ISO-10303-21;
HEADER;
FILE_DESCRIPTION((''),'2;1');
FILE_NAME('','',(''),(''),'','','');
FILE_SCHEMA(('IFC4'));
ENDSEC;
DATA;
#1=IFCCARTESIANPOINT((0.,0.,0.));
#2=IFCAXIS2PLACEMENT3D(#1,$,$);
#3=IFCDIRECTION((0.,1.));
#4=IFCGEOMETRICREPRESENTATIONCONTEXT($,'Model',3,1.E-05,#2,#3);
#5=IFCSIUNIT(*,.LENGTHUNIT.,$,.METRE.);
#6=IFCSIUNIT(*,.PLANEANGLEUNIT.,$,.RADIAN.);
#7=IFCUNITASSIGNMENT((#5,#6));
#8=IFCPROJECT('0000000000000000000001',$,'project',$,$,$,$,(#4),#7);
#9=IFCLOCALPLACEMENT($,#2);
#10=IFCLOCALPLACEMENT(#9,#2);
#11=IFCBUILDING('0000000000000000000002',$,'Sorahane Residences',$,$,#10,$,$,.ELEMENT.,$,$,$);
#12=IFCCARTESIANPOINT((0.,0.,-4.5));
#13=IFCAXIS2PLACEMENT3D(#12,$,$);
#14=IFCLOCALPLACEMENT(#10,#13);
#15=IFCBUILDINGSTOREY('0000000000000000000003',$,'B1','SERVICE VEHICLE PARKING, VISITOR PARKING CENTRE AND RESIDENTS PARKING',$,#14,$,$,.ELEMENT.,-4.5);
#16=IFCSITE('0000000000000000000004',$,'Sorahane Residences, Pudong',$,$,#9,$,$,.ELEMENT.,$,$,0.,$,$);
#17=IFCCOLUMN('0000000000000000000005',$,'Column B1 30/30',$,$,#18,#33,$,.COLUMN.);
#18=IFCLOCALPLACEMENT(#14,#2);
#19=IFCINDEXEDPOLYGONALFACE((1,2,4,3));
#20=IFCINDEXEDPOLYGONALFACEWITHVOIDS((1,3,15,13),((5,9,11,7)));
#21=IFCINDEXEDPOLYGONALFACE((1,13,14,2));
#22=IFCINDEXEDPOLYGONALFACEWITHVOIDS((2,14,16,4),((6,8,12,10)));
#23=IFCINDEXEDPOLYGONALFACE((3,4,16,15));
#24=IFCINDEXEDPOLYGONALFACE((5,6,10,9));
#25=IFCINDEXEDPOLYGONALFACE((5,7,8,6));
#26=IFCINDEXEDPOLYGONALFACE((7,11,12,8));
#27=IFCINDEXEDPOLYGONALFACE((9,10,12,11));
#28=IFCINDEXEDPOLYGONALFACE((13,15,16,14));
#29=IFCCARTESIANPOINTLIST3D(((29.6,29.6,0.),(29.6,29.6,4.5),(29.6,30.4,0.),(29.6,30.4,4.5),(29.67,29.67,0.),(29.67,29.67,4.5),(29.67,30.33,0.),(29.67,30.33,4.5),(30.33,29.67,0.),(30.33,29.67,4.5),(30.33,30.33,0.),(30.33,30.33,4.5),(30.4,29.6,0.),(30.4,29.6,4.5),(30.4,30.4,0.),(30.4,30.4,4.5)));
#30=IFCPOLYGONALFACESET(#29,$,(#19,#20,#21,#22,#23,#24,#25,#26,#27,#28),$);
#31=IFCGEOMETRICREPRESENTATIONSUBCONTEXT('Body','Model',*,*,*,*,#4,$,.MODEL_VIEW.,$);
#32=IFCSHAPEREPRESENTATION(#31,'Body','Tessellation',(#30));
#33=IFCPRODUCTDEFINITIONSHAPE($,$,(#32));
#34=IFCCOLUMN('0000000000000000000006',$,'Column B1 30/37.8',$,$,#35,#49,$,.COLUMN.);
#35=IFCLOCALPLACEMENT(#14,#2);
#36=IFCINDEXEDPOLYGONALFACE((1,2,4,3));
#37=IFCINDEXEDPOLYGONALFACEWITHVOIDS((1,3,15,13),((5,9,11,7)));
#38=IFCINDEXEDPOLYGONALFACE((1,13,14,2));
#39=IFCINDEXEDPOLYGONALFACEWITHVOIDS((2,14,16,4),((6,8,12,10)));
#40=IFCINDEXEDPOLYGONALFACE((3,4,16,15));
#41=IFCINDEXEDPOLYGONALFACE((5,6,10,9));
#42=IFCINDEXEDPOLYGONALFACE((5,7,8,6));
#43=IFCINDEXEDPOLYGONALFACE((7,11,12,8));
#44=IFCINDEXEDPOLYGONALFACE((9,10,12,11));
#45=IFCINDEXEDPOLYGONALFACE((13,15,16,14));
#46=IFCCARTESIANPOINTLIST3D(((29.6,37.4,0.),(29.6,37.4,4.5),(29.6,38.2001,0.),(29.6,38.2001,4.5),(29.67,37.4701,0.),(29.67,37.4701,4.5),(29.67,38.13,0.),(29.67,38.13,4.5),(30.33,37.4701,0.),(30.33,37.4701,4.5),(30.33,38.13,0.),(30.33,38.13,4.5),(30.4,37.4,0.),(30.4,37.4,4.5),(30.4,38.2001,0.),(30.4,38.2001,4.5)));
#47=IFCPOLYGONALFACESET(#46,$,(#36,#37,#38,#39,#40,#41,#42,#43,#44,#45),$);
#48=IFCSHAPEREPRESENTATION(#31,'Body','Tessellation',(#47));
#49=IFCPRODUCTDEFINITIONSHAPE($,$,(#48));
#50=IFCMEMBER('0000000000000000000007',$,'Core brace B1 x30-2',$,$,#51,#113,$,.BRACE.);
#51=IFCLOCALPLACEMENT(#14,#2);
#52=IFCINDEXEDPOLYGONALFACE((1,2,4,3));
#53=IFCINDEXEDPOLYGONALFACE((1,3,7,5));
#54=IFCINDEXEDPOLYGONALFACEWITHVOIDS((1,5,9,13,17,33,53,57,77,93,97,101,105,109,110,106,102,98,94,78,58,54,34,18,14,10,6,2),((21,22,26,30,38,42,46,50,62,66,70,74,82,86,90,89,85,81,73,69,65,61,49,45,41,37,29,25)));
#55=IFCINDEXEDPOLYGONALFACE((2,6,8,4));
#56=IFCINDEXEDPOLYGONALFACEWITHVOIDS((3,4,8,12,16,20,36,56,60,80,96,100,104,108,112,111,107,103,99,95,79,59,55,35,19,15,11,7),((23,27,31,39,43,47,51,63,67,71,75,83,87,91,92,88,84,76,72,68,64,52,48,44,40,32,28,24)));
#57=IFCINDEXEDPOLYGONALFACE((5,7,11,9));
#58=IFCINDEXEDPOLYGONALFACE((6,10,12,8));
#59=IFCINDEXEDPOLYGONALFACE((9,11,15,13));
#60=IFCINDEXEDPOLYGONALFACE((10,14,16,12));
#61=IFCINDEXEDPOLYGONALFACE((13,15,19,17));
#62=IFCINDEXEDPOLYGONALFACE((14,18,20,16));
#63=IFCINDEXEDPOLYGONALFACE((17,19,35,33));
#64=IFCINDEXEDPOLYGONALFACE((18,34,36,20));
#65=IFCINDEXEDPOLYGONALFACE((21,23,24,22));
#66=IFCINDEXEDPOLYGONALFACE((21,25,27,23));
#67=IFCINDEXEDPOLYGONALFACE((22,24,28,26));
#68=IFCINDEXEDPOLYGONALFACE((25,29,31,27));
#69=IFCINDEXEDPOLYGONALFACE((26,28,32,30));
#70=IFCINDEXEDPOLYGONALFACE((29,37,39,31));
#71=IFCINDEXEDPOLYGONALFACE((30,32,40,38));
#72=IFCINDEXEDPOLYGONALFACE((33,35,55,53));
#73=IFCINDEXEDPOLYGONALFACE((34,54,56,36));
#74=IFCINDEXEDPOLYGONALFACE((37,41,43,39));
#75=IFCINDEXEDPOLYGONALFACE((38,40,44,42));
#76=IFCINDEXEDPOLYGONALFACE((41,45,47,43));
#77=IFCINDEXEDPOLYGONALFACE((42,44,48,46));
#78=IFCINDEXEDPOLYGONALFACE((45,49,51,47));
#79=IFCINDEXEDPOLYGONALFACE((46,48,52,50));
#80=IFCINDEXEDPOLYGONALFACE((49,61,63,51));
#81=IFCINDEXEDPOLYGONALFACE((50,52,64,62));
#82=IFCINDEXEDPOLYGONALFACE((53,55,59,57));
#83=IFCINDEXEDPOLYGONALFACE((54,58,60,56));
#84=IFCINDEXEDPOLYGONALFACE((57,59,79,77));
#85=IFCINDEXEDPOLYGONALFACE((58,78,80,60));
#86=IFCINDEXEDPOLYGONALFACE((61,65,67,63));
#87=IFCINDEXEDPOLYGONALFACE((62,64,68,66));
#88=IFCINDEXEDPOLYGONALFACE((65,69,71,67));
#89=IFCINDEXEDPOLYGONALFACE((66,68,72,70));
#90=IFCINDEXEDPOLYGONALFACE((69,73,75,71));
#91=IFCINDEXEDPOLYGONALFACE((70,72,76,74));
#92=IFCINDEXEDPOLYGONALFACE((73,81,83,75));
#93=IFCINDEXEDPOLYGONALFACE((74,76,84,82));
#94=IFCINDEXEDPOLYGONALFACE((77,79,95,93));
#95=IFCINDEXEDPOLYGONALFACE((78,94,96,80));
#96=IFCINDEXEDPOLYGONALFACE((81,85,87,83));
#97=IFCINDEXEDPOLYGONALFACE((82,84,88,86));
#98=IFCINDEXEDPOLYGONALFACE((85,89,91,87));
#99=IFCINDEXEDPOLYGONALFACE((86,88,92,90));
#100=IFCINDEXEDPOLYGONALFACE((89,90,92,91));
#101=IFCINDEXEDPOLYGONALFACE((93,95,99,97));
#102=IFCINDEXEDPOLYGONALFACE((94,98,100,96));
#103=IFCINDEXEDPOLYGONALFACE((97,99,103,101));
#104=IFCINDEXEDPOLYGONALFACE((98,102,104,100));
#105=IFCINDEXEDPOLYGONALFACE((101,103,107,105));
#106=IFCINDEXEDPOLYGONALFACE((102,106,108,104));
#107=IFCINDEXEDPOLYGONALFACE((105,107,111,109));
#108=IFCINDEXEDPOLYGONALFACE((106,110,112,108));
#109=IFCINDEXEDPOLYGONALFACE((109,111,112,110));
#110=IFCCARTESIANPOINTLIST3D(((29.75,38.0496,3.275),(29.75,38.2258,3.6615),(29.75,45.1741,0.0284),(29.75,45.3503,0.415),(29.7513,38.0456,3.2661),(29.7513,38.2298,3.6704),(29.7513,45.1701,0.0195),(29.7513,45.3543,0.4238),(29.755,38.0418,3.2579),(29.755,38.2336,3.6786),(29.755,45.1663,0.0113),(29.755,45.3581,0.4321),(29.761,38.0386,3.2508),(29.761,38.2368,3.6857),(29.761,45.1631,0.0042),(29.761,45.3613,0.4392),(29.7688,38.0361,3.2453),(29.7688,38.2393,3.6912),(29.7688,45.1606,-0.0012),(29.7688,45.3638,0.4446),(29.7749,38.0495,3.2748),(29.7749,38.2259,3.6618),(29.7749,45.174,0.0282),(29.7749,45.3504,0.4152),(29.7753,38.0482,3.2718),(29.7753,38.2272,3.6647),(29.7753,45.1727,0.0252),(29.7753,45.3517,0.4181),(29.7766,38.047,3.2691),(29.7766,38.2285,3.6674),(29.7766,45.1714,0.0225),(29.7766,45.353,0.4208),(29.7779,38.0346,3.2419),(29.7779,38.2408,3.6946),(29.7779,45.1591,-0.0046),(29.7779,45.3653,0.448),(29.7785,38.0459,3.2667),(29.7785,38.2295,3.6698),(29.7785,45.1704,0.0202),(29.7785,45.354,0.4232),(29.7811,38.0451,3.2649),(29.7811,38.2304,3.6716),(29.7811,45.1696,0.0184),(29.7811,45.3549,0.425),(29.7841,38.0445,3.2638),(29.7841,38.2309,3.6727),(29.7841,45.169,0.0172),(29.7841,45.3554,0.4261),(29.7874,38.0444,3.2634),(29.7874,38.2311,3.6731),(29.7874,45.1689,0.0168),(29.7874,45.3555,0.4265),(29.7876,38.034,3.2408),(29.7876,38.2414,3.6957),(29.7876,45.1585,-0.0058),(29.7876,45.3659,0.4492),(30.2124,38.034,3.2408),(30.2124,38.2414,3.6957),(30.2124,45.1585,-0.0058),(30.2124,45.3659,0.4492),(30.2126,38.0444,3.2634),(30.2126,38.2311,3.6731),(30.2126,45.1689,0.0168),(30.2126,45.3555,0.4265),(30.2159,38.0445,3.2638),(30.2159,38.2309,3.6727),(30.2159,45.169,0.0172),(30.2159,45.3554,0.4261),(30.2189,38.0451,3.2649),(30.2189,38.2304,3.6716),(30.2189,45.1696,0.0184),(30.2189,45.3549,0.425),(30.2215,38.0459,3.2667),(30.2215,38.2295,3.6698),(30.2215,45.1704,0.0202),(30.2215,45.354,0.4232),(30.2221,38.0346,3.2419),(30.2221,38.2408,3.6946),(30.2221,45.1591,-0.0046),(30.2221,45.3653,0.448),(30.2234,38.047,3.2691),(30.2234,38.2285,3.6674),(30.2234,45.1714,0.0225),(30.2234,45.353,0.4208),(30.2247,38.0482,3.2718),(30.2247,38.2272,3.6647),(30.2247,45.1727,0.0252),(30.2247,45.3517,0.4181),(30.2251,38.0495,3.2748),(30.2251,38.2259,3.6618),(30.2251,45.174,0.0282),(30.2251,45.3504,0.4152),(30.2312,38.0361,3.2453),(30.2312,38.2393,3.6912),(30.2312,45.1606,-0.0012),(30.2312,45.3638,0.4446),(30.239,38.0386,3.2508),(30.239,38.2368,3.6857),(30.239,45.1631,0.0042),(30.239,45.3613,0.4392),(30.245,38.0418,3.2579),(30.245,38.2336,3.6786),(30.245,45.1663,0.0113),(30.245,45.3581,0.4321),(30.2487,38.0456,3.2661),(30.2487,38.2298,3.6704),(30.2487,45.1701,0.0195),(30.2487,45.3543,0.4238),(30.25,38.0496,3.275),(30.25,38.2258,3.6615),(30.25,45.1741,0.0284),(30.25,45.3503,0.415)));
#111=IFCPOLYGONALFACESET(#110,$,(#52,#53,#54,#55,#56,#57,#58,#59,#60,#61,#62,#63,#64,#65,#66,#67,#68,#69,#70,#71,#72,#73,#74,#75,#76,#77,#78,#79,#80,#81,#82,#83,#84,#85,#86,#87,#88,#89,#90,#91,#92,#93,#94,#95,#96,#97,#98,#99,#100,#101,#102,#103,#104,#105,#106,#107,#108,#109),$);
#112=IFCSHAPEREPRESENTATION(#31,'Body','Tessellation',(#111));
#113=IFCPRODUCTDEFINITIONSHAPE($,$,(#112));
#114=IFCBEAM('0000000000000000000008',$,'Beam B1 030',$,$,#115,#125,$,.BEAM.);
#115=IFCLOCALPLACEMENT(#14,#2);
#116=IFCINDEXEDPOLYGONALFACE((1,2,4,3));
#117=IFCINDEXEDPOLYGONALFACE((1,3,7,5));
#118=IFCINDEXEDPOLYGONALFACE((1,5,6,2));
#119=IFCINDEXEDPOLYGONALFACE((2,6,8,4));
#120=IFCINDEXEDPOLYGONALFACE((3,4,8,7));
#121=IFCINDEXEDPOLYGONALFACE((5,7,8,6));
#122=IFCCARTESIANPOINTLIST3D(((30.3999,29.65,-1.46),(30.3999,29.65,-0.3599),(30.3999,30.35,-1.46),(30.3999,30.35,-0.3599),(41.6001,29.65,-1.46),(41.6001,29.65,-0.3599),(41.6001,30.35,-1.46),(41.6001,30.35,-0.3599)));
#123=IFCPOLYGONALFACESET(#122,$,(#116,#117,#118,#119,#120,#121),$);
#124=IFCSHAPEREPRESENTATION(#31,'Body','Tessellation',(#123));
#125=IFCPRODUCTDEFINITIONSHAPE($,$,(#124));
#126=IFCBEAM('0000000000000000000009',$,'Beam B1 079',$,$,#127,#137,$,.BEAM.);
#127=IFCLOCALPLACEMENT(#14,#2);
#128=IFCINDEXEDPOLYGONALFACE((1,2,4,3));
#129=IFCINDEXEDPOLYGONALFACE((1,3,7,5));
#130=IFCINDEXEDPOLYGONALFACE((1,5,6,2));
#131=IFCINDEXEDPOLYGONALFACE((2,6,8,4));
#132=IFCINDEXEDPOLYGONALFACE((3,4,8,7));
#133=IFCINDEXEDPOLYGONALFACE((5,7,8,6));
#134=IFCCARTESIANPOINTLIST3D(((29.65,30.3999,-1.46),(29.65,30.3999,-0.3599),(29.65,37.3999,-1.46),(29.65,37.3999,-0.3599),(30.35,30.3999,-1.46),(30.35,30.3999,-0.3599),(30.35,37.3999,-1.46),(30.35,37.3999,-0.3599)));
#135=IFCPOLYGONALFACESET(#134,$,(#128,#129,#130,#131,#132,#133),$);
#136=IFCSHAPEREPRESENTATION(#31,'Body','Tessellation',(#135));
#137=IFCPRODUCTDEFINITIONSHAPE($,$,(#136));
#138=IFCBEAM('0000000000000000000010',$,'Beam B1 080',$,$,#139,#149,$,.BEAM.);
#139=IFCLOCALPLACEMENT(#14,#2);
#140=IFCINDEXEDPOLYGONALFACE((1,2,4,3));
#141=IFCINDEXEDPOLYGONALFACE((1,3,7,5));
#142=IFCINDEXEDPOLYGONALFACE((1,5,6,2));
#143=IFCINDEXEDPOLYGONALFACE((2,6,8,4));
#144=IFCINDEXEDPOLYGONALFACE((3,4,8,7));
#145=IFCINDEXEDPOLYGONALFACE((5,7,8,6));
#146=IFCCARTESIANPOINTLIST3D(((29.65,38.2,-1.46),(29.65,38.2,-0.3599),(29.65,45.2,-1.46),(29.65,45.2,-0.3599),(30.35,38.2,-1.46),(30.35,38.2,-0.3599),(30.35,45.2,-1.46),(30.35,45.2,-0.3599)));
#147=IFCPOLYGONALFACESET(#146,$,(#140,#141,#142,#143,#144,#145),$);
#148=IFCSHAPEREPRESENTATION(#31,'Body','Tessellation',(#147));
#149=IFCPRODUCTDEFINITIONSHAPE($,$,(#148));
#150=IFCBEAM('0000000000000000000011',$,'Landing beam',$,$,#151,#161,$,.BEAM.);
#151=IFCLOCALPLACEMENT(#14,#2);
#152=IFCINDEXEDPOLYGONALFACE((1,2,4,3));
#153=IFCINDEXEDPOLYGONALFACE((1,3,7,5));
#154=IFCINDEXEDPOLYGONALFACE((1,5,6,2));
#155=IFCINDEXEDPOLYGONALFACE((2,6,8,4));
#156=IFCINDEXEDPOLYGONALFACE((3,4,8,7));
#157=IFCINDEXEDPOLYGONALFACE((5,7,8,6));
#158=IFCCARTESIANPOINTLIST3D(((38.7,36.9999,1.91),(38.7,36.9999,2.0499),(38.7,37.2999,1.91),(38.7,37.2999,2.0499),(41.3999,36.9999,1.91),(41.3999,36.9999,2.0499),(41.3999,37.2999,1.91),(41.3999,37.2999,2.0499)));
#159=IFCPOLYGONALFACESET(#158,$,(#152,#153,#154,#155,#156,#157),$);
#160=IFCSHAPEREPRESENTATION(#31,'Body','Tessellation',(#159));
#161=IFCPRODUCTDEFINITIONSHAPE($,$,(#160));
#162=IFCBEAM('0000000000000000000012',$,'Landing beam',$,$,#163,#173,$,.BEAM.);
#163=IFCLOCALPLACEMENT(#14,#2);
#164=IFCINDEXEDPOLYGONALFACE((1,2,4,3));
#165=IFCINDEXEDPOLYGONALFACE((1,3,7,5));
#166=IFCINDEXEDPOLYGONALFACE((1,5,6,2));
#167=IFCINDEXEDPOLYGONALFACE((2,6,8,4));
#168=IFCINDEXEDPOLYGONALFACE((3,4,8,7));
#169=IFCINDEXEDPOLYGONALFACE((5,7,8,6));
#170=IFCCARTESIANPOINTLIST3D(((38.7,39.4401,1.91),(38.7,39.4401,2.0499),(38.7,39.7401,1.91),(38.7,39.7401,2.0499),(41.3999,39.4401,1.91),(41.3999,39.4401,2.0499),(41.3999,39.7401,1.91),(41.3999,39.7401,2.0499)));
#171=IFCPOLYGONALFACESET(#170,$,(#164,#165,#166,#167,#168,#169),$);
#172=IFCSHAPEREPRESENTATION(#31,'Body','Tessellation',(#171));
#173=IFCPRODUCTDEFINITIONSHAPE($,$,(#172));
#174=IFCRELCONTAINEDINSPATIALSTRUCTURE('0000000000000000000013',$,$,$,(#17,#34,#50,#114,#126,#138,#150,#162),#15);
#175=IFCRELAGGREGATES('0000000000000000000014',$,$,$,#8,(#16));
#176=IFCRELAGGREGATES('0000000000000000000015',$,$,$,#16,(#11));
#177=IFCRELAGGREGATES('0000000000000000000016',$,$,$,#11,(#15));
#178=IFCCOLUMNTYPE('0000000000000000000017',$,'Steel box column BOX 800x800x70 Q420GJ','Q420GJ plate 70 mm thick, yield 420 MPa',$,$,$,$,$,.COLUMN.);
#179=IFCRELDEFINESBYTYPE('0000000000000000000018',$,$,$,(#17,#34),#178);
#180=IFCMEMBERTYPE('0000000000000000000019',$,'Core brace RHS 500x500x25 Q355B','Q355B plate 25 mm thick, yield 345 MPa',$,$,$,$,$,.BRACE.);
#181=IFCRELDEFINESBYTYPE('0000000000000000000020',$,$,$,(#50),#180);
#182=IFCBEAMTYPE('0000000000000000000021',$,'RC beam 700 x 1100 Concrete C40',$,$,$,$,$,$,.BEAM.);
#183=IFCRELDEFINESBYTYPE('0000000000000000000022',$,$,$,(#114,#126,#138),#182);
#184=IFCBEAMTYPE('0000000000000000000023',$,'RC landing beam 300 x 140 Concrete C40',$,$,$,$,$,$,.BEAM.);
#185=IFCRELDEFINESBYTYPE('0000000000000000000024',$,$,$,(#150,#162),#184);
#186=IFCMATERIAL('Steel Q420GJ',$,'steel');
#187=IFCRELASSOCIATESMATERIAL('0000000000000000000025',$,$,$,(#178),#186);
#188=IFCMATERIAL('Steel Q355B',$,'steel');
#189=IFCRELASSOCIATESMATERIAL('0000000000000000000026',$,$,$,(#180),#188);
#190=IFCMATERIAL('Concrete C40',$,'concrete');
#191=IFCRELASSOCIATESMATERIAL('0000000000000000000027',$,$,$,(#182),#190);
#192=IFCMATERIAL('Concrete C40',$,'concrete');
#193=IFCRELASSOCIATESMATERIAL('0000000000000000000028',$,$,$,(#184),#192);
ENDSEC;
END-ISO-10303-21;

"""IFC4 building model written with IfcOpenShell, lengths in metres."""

from ifc_helpers import new_model, si_unit, direction, frame, origin, origin_2d, place, context, subcontext, project, spatial, rectangle, hollow_rectangle, extrude, material, material_profile, profile_set, type_object, element, save


model = new_model("IFC4")

# Units and contexts
model_context = context("Model", 3, precision=1e-05, world=origin(), true_north=direction((0.0, 1.0)))
body_context = subcontext(model_context, "Body", "Model", "MODEL_VIEW")
ifc_project = project(units=[si_unit("LENGTHUNIT", "METRE"), si_unit("PLANEANGLEUNIT", "RADIAN")], contexts=[model_context])

# Site, building, storey
site_placement = place(None, origin())
site = spatial("IfcSite", under=ifc_project, at=site_placement, Name="Sorahane Residences, Pudong", CompositionType="ELEMENT", RefElevation=0.0)
building_placement = place(site_placement, origin())
building = spatial("IfcBuilding", under=site, at=building_placement, Name="Sorahane Residences", CompositionType="ELEMENT")
storey_placement = place(building_placement, frame((0.0, 0.0, -4.5)))
storey = spatial("IfcBuildingStorey", under=building, at=storey_placement, Name="B1", Description="SERVICE VEHICLE PARKING, VISITOR PARKING CENTRE AND RESIDENTS PARKING", CompositionType="ELEMENT", Elevation=-4.5)

# Columns
ifc_material_1 = material(Name="Steel Q420GJ", Category="steel")
ifc_material_profile_1 = material_profile(ifc_material_1, hollow_rectangle(XDim=0.8, YDim=0.8, WallThickness=0.0701, at=origin_2d()), Name="BOX 800x800x70")
ifc_profile_set_1 = profile_set([ifc_material_profile_1], Name="Steel Q420GJ")
column_type = type_object("IfcColumnType", Name="Steel box column BOX 800x800x70 Q420GJ", Description="Q420GJ plate 70 mm thick, yield 420 MPa", PredefinedType="COLUMN", material=ifc_profile_set_1)
for number, where, z_axis, x_axis, name in (
    (1, (30.0, 30.0, 0.0), (0.0, 0.0, 1.0), (1.0, 0.0, 0.0), "Column B1 30/30"),
    (2, (30.0, 37.8, 0.0), (0.0, 0.0, 1.0), (1.0, 0.0, 0.0), "Column B1 30/37.8"),
):
    element("IfcColumn", number, at=place(storey_placement, frame(where, z_axis=z_axis, x_axis=x_axis)), inside=storey, type_object=column_type, Name=name, PredefinedType="COLUMN", context=body_context, shape_type="SweptSolid", body=[
        extrude(hollow_rectangle(XDim=0.8, YDim=0.8, WallThickness=0.0701, at=origin_2d()), origin(), (0.0, 0.0, 1.0), 4.5),
    ])

# Member
ifc_material_2 = material(Name="Steel Q355B", Category="steel")
ifc_material_profile_2 = material_profile(ifc_material_2, hollow_rectangle(XDim=0.5, YDim=0.5, WallThickness=0.0249, InnerFilletRadius=0.0125, OuterFilletRadius=0.0376, at=origin_2d()), Name="RHS 500x500x25")
ifc_profile_set_2 = profile_set([ifc_material_profile_2], Name="Steel Q355B")
member_type = type_object("IfcMemberType", Name="Core brace RHS 500x500x25 Q355B", Description="Q355B plate 25 mm thick, yield 345 MPa", PredefinedType="BRACE", material=ifc_profile_set_2)
member_placement = place(storey_placement, frame((30.0, 45.2622, 0.2217), z_axis=(0.0, -0.909973, 0.414667), x_axis=(1.0, 0.0, 0.0)))
element("IfcMember", 3, at=member_placement, inside=storey, type_object=member_type, Name="Core brace B1 x30-2", PredefinedType="BRACE", context=body_context, shape_type="SweptSolid", body=[
    extrude(hollow_rectangle(XDim=0.5, YDim=0.5, WallThickness=0.0249, InnerFilletRadius=0.0125, OuterFilletRadius=0.0376, at=origin_2d()), origin(), (0.0, 0.0, 1.0), 7.8293),
])

# Beams
ifc_material_3 = material(Name="Concrete C40", Category="concrete")
ifc_material_profile_3 = material_profile(ifc_material_3, rectangle(XDim=0.7, YDim=1.1001, at=origin_2d()), Name="700x1100")
ifc_profile_set_3 = profile_set([ifc_material_profile_3], Name="Concrete C40")
beam_type_1 = type_object("IfcBeamType", Name="RC beam 700 x 1100 Concrete C40", PredefinedType="BEAM", material=ifc_profile_set_3)
beam_placement = place(storey_placement, frame((30.3999, 30.0, -0.9099), z_axis=(1.0, 0.0, 0.0), x_axis=(0.0, 1.0, 0.0)))
element("IfcBeam", 4, at=beam_placement, inside=storey, type_object=beam_type_1, Name="Beam B1 030", PredefinedType="BEAM", context=body_context, shape_type="SweptSolid", body=[
    extrude(rectangle(XDim=0.7, YDim=1.1001, at=origin_2d()), origin(), (0.0, 0.0, 1.0), 11.2002),
])
for number, where, z_axis, x_axis, name in (
    (5, (30.0, 30.3999, -0.9099), (0.0, 1.0, 0.0), (-1.0, 0.0, 0.0), "Beam B1 079"),
    (6, (30.0, 38.2, -0.9099), (0.0, 1.0, 0.0), (-1.0, 0.0, 0.0), "Beam B1 080"),
):
    element("IfcBeam", number, at=place(storey_placement, frame(where, z_axis=z_axis, x_axis=x_axis)), inside=storey, type_object=beam_type_1, Name=name, PredefinedType="BEAM", context=body_context, shape_type="SweptSolid", body=[
        extrude(rectangle(XDim=0.7, YDim=1.1001, at=origin_2d()), origin(), (0.0, 0.0, 1.0), 7.0),
    ])
ifc_material_4 = material(Name="Concrete C40", Category="concrete")
ifc_material_profile_4 = material_profile(ifc_material_4, rectangle(XDim=0.3, YDim=0.1399, at=origin_2d()), Name="300x140")
ifc_profile_set_4 = profile_set([ifc_material_profile_4], Name="Concrete C40")
beam_type_2 = type_object("IfcBeamType", Name="RC landing beam 300 x 140 Concrete C40", PredefinedType="BEAM", material=ifc_profile_set_4)
for number, where, z_axis, x_axis, name in (
    (7, (38.7, 37.1499, 1.98), (1.0, 0.0, 0.0), (0.0, 1.0, 0.0), "Landing beam"),
    (8, (38.7, 39.5901, 1.98), (1.0, 0.0, 0.0), (0.0, 1.0, 0.0), "Landing beam"),
):
    element("IfcBeam", number, at=place(storey_placement, frame(where, z_axis=z_axis, x_axis=x_axis)), inside=storey, type_object=beam_type_2, Name=name, PredefinedType="BEAM", context=body_context, shape_type="SweptSolid", body=[
        extrude(rectangle(XDim=0.3, YDim=0.1399, at=origin_2d()), origin(), (0.0, 0.0, 1.0), 2.7),
    ])

save(model, "model.ifc")
